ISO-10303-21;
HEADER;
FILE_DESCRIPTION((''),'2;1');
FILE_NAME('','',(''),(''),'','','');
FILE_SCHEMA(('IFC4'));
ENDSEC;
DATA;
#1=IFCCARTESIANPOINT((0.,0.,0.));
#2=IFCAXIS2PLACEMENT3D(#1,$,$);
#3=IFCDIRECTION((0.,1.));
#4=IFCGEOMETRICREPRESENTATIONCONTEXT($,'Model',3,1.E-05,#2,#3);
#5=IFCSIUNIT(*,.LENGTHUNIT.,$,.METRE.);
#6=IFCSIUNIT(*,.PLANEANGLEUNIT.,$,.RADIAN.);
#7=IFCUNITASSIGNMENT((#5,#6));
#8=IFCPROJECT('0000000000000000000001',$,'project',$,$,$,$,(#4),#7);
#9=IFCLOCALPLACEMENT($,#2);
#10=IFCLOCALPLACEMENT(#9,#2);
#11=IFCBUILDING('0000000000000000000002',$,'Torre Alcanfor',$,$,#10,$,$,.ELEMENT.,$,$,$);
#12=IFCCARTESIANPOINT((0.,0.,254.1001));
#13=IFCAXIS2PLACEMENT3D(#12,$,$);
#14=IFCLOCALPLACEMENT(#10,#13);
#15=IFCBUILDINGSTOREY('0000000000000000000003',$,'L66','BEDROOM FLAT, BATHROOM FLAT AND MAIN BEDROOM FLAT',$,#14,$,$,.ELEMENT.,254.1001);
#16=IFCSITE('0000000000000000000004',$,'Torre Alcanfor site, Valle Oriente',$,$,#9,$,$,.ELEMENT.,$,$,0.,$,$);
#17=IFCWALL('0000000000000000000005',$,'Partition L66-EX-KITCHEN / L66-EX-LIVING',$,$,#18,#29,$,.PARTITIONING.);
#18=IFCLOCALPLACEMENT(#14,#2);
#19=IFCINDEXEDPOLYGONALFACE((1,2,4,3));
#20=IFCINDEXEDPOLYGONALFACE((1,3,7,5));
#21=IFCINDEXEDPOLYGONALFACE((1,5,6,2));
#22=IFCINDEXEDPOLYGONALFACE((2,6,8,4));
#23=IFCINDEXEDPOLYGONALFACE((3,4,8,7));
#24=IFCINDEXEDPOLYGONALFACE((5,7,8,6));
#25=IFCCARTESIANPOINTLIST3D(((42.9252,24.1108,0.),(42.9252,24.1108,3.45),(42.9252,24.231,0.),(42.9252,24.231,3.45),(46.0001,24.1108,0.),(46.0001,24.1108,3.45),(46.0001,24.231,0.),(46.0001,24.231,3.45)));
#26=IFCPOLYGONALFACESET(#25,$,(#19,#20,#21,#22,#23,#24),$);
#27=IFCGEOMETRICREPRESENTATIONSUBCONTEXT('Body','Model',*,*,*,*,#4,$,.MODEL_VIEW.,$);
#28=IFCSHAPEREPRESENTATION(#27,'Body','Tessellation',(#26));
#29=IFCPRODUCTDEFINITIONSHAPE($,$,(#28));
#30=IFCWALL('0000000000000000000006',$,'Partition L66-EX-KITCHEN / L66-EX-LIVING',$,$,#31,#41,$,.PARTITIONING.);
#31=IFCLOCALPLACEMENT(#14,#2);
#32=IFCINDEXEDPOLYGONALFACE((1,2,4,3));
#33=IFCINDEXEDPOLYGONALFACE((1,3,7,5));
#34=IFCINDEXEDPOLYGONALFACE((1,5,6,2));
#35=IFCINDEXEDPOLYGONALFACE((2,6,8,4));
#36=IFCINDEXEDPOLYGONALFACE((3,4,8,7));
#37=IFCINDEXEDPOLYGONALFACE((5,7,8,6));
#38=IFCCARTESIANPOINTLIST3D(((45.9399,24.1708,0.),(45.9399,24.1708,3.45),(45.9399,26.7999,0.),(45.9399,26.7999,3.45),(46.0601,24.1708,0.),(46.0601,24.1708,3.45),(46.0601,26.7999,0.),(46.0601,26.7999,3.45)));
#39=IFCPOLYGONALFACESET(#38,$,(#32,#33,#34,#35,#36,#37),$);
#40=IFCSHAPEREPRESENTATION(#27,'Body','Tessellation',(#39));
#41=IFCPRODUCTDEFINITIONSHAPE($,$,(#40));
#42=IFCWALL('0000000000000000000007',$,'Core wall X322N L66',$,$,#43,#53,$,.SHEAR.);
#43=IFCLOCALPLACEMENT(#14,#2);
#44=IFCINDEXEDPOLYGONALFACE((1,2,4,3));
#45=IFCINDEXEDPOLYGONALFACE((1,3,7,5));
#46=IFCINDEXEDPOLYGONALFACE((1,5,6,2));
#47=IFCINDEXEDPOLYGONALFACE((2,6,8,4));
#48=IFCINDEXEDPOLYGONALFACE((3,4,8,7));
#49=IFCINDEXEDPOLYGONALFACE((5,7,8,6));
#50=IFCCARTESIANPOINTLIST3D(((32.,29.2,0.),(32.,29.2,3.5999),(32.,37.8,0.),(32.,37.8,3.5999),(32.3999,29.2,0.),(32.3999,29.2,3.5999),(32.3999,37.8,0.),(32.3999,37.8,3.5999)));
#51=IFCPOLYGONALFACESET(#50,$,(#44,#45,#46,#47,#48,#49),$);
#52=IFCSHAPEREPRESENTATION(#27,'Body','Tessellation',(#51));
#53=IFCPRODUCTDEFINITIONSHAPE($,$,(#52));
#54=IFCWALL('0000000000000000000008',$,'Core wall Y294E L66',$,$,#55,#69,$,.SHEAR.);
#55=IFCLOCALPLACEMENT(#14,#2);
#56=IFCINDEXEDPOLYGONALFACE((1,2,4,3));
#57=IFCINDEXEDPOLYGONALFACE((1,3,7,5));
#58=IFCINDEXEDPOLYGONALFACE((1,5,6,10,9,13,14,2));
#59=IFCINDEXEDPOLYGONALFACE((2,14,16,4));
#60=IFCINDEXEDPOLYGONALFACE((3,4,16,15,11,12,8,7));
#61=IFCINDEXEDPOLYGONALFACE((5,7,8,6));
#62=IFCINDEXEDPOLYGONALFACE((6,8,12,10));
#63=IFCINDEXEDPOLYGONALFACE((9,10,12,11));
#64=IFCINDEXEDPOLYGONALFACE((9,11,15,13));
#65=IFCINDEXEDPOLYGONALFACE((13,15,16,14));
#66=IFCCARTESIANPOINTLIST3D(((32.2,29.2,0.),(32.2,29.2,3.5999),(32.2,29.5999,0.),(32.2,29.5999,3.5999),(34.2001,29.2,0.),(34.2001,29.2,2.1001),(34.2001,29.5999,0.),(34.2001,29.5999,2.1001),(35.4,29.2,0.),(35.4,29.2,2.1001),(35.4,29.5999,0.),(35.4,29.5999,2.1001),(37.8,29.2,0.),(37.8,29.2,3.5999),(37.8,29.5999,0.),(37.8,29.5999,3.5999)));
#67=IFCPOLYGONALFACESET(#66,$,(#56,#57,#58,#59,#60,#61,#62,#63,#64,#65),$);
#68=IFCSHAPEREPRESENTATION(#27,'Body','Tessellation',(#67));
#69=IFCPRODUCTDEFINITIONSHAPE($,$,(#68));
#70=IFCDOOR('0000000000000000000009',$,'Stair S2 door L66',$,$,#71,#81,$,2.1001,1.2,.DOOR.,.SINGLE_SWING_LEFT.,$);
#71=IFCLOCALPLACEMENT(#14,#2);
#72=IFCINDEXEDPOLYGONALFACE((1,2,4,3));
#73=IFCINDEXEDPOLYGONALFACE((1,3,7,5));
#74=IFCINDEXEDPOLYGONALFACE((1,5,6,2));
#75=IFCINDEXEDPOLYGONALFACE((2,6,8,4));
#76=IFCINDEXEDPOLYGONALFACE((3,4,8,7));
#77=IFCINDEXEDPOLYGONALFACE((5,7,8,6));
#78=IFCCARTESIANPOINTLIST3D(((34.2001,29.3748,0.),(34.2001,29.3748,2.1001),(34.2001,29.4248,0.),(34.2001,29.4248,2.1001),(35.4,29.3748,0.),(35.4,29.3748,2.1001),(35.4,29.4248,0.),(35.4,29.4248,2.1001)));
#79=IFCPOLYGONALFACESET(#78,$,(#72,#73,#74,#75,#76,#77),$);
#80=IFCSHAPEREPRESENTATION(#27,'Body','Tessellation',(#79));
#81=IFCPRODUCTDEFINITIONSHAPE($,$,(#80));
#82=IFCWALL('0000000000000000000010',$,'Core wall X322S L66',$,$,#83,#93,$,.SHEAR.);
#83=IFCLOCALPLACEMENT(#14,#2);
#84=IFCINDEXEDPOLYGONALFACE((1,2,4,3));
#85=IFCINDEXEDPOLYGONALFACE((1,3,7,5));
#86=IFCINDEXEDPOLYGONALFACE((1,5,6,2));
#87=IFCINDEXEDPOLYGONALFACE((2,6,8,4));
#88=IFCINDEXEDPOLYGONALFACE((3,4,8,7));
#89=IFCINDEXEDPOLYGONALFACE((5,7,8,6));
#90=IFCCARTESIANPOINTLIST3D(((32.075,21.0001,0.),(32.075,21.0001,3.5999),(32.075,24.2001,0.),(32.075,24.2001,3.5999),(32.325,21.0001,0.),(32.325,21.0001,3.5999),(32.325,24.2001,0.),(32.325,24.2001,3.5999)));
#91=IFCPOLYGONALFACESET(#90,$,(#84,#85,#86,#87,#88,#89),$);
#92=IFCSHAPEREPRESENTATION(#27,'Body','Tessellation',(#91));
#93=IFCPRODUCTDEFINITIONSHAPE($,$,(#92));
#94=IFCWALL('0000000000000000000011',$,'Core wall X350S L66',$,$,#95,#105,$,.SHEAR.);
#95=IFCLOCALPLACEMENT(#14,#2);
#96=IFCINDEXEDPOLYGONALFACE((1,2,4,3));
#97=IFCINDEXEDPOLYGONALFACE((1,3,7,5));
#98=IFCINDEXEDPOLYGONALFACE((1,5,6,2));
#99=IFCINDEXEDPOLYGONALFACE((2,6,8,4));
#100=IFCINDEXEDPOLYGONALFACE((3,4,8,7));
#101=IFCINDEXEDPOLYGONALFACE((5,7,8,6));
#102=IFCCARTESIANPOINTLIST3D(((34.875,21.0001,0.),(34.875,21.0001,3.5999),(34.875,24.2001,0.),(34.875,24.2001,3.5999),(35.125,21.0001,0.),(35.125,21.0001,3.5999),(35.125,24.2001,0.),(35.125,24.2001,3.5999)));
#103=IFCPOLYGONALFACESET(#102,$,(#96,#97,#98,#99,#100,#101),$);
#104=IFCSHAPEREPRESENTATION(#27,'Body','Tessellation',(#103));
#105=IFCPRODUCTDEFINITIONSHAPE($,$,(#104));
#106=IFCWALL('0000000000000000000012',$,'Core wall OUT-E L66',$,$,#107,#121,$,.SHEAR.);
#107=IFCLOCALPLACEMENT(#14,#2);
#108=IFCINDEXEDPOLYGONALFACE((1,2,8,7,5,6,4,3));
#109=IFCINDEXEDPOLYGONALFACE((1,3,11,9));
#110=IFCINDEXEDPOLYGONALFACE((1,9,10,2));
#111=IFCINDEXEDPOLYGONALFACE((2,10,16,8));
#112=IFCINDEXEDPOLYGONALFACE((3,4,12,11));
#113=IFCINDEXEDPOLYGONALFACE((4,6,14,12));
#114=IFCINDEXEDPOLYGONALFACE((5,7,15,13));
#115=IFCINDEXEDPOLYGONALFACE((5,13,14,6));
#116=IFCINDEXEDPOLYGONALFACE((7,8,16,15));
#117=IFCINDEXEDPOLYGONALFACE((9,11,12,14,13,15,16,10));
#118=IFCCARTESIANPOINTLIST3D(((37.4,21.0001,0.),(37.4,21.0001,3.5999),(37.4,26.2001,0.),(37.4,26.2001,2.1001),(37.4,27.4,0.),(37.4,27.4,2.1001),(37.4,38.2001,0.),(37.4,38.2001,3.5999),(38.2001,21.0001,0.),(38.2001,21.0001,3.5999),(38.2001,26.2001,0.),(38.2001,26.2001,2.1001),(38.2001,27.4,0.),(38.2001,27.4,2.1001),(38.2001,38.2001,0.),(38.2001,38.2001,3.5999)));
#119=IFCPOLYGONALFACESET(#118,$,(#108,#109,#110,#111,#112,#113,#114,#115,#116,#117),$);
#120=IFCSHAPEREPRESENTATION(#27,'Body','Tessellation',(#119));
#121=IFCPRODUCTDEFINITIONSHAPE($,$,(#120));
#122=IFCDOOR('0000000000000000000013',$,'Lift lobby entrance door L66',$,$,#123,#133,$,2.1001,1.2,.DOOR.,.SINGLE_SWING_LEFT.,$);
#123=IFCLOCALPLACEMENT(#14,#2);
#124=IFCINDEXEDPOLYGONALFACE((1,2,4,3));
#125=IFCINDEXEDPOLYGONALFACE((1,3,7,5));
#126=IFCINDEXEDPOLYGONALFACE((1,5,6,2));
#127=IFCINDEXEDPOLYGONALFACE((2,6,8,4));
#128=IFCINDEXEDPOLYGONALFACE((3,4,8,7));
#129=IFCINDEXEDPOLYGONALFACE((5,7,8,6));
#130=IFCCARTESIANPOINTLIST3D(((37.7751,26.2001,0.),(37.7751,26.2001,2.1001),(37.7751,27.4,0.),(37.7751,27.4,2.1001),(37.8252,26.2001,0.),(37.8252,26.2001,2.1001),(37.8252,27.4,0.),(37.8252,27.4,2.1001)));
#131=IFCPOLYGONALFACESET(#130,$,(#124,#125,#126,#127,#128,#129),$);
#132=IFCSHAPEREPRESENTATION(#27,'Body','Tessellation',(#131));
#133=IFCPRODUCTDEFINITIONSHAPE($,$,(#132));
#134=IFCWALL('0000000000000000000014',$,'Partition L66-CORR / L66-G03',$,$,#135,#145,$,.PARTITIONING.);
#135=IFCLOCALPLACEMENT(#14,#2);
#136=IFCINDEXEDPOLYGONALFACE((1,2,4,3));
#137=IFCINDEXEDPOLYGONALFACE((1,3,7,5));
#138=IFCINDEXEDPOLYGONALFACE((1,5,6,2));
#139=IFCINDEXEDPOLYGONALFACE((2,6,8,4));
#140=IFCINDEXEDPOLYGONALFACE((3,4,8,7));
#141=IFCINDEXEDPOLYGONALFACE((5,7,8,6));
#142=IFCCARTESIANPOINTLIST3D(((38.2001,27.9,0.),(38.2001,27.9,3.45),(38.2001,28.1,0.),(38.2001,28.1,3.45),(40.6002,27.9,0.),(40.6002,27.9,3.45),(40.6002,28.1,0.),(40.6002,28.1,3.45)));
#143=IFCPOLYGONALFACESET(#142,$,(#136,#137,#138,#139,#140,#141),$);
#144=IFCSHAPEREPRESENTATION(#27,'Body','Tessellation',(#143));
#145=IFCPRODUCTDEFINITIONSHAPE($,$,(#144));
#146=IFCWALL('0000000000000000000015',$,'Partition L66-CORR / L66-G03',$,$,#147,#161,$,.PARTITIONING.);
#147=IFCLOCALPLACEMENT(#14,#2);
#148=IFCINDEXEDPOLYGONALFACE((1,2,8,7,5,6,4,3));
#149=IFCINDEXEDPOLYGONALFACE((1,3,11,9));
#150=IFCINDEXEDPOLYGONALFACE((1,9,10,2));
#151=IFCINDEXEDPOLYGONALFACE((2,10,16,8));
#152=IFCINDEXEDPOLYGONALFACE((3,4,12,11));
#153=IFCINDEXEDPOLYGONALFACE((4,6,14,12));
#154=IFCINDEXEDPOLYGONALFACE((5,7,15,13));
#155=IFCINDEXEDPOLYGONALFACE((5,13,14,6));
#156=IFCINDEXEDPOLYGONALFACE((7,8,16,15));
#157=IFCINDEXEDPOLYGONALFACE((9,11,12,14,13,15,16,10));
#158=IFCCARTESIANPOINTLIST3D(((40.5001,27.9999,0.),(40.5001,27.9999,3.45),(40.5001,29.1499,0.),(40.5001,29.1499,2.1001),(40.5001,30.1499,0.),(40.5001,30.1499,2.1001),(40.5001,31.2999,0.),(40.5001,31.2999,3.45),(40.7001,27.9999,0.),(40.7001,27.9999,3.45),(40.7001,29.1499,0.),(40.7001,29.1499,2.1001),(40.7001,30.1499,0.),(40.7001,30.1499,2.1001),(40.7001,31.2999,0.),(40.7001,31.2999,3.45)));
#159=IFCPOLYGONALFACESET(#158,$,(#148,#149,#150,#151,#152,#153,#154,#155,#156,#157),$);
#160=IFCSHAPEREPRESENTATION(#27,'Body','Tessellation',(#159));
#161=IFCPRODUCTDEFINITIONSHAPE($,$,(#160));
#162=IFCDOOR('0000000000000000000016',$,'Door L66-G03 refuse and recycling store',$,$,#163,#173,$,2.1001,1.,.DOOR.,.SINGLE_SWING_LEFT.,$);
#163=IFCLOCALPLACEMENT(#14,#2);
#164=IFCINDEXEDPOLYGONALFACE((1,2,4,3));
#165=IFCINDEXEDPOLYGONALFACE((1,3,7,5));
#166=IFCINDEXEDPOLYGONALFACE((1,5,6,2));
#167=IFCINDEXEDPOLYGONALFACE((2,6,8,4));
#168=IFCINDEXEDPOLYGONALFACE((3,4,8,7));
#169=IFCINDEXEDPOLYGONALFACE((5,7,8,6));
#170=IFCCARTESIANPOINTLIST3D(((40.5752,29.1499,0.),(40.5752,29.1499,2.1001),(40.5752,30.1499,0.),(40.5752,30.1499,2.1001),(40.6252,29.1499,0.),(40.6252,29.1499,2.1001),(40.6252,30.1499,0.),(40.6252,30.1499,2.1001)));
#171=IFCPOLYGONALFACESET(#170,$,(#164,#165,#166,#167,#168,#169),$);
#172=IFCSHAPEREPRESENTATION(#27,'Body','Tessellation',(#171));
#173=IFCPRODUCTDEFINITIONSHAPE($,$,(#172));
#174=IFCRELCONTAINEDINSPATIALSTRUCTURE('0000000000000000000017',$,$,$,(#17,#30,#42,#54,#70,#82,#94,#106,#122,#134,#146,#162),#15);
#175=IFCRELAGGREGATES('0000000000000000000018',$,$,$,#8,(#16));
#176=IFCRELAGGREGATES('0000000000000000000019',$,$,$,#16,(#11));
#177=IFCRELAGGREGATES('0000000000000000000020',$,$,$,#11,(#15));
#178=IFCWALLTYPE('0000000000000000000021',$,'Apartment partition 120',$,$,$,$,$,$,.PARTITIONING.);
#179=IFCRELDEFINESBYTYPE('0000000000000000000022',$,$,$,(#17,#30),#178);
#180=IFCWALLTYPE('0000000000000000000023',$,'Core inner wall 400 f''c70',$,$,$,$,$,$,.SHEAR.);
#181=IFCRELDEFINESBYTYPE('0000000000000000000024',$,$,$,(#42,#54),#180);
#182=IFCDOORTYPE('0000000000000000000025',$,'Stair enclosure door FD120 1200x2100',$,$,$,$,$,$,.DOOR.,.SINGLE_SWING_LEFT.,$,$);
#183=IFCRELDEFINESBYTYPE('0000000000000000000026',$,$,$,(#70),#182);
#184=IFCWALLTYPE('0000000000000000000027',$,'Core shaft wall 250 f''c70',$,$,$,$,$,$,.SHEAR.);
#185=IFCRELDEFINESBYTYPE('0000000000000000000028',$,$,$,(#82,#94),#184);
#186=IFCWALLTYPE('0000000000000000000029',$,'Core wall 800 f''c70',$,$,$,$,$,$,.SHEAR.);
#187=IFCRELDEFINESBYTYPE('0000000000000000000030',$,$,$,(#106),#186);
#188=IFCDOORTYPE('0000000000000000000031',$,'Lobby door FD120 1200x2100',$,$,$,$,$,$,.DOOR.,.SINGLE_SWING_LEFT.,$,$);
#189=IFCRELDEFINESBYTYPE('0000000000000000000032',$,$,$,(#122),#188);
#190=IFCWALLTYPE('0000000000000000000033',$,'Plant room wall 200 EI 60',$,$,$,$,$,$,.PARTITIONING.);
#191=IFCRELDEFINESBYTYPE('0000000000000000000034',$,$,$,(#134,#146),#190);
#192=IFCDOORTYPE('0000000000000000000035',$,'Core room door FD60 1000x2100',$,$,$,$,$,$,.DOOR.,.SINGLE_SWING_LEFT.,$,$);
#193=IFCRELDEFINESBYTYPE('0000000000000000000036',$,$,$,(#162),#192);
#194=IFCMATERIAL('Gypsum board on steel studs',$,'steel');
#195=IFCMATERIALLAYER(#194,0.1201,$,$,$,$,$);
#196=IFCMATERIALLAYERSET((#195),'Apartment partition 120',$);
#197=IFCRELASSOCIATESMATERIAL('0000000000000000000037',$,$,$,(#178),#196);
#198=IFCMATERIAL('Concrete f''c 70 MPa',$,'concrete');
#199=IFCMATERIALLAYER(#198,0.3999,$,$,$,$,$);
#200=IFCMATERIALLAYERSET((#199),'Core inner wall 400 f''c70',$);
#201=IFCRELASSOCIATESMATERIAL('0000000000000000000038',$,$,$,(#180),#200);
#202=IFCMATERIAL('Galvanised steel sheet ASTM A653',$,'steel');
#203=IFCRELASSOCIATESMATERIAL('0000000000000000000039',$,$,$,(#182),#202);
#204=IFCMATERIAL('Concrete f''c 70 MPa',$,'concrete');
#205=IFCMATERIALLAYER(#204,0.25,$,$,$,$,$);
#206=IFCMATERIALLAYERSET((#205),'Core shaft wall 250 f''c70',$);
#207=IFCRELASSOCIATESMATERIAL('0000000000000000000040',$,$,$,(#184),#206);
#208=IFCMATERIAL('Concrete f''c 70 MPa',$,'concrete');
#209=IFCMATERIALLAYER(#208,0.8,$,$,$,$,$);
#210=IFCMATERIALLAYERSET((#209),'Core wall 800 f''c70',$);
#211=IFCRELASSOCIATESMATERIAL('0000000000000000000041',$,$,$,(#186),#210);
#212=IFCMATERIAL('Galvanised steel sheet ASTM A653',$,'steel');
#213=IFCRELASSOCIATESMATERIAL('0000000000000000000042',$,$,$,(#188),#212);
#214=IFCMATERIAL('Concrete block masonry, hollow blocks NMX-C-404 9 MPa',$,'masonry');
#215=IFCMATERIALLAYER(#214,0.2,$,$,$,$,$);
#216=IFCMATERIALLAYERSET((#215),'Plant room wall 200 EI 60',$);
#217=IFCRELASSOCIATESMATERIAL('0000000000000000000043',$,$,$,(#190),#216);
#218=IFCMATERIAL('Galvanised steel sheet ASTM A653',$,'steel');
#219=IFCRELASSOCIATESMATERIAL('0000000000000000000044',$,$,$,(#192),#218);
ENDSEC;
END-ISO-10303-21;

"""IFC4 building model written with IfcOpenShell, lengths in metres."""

from ifc_helpers import new_model, si_unit, direction, frame, frame_2d, origin, place, context, subcontext, project, spatial, rectangle, extrude, material, layer, layer_set, type_object, element, fill, save


model = new_model("IFC4")

# Units and contexts
model_context = context("Model", 3, precision=1e-05, world=origin(), true_north=direction((0.0, 1.0)))
body_context = subcontext(model_context, "Body", "Model", "MODEL_VIEW")
ifc_project = project(units=[si_unit("LENGTHUNIT", "METRE"), si_unit("PLANEANGLEUNIT", "RADIAN")], contexts=[model_context])

# Site, building, storey
site_placement = place(None, origin())
site = spatial("IfcSite", under=ifc_project, at=site_placement, Name="Torre Alcanfor site, Valle Oriente", CompositionType="ELEMENT", RefElevation=0.0)
building_placement = place(site_placement, origin())
building = spatial("IfcBuilding", under=site, at=building_placement, Name="Torre Alcanfor", CompositionType="ELEMENT")
storey_placement = place(building_placement, frame((0.0, 0.0, 254.1001)))
storey = spatial("IfcBuildingStorey", under=building, at=storey_placement, Name="L66", Description="BEDROOM FLAT, BATHROOM FLAT AND MAIN BEDROOM FLAT", CompositionType="ELEMENT", Elevation=254.1001)

# Shared definitions
ifc_material_1 = material(Name="Gypsum board on steel studs", Category="steel")
ifc_layer_1 = layer(ifc_material_1, 0.1201)
ifc_layer_set_1 = layer_set([ifc_layer_1], Name="Apartment partition 120")
wall_type_1 = type_object("IfcWallType", Name="Apartment partition 120", PredefinedType="PARTITIONING", material=ifc_layer_set_1)

# Walls
wall_1_placement = place(storey_placement, frame((42.925, 24.1709, 0.0), z_axis=(0.0, 0.0, 1.0), x_axis=(1.0, 0.0, 0.0)))
element("IfcWall", 1, at=wall_1_placement, inside=storey, type_object=wall_type_1, Name="Partition L66-EX-KITCHEN / L66-EX-LIVING", PredefinedType="PARTITIONING", context=body_context, shape_type="SweptSolid", body=[
    extrude(rectangle(XDim=3.075, YDim=0.1201, at=frame_2d((1.5376, 0.0))), origin(), (0.0, 0.0, 1.0), 3.45),
])
wall_2_placement = place(storey_placement, frame((46.0, 24.1709, 0.0), z_axis=(0.0, 0.0, 1.0), x_axis=(0.0, 1.0, 0.0)))
element("IfcWall", 2, at=wall_2_placement, inside=storey, type_object=wall_type_1, Name="Partition L66-EX-KITCHEN / L66-EX-LIVING", PredefinedType="PARTITIONING", context=body_context, shape_type="SweptSolid", body=[
    extrude(rectangle(XDim=2.6292, YDim=0.1201, at=frame_2d((1.3145, 0.0))), origin(), (0.0, 0.0, 1.0), 3.45),
])
ifc_material_2 = material(Name="Concrete f'c 70 MPa", Category="concrete")
ifc_layer_2 = layer(ifc_material_2, 0.3999)
ifc_layer_set_2 = layer_set([ifc_layer_2], Name="Core inner wall 400 f'c70")
wall_type_2 = type_object("IfcWallType", Name="Core inner wall 400 f'c70", PredefinedType="SHEAR", material=ifc_layer_set_2)
wall_3_placement = place(storey_placement, frame((32.2, 29.2, 0.0), z_axis=(0.0, 0.0, 1.0), x_axis=(0.0, 1.0, 0.0)))
element("IfcWall", 3, at=wall_3_placement, inside=storey, type_object=wall_type_2, Name="Core wall X322N L66", PredefinedType="SHEAR", context=body_context, shape_type="SweptSolid", body=[
    extrude(rectangle(XDim=8.6001, YDim=0.3999, at=frame_2d((4.3, 0.0))), origin(), (0.0, 0.0, 1.0), 3.5999),
])

# Wall, opening, door
wall_4_placement = place(storey_placement, frame((32.2, 29.3999, 0.0), z_axis=(0.0, 0.0, 1.0), x_axis=(1.0, 0.0, 0.0)))
wall_4 = element("IfcWall", 4, at=wall_4_placement, inside=storey, type_object=wall_type_2, Name="Core wall Y294E L66", PredefinedType="SHEAR", context=body_context, shape_type="SweptSolid", body=[
    extrude(rectangle(XDim=5.6001, YDim=0.3999, at=frame_2d((2.8, 0.0))), origin(), (0.0, 0.0, 1.0), 3.5999),
])
opening_1_placement = place(wall_4_placement, frame((2.0, 0.0, 0.0)))
opening_1 = element("IfcOpeningElement", 5, at=opening_1_placement, cuts=wall_4, PredefinedType="OPENING", context=body_context, shape_type="SweptSolid", body=[
    extrude(rectangle(XDim=1.2, YDim=2.1001, at=frame_2d((0.6001, 1.05))), frame((0.0, 0.21, 0.0), z_axis=(0.0, -1.0, 0.0), x_axis=(1.0, 0.0, 0.0)), (0.0, 0.0, 1.0), 0.4199),
])
ifc_material_3 = material(Name="Galvanised steel sheet ASTM A653", Category="steel")
door_type_1 = type_object("IfcDoorType", Name="Stair enclosure door FD120 1200x2100", OperationType="SINGLE_SWING_LEFT", PredefinedType="DOOR", material=ifc_material_3)
door_1_placement = place(opening_1_placement, origin())
door_1 = element("IfcDoor", 6, at=door_1_placement, inside=storey, type_object=door_type_1, Name="Stair S2 door L66", OperationType="SINGLE_SWING_LEFT", OverallHeight=2.1001, OverallWidth=1.2, PredefinedType="DOOR", context=body_context, shape_type="SweptSolid", body=[
    extrude(rectangle(XDim=1.2, YDim=2.1001, at=frame_2d((0.6001, 1.05))), frame((0.0, 0.0249, 0.0), z_axis=(0.0, -1.0, 0.0), x_axis=(1.0, 0.0, 0.0)), (0.0, 0.0, 1.0), 0.05),
])
fill(opening_1, door_1)

# Walls
ifc_material_4 = material(Name="Concrete f'c 70 MPa", Category="concrete")
ifc_layer_3 = layer(ifc_material_4, 0.25)
ifc_layer_set_3 = layer_set([ifc_layer_3], Name="Core shaft wall 250 f'c70")
wall_type_3 = type_object("IfcWallType", Name="Core shaft wall 250 f'c70", PredefinedType="SHEAR", material=ifc_layer_set_3)
for number, where, z_axis, x_axis, name in (
    (7, (32.2, 21.0, 0.0), (0.0, 0.0, 1.0), (0.0, 1.0, 0.0), "Core wall X322S L66"),
    (8, (35.0, 21.0, 0.0), (0.0, 0.0, 1.0), (0.0, 1.0, 0.0), "Core wall X350S L66"),
):
    element("IfcWall", number, at=place(storey_placement, frame(where, z_axis=z_axis, x_axis=x_axis)), inside=storey, type_object=wall_type_3, Name=name, PredefinedType="SHEAR", context=body_context, shape_type="SweptSolid", body=[
        extrude(rectangle(XDim=3.2, YDim=0.25, at=frame_2d((1.6001, 0.0))), origin(), (0.0, 0.0, 1.0), 3.5999),
    ])

# Wall, opening, door
ifc_material_5 = material(Name="Concrete f'c 70 MPa", Category="concrete")
ifc_layer_4 = layer(ifc_material_5, 0.8)
ifc_layer_set_4 = layer_set([ifc_layer_4], Name="Core wall 800 f'c70")
wall_type_4 = type_object("IfcWallType", Name="Core wall 800 f'c70", PredefinedType="SHEAR", material=ifc_layer_set_4)
wall_5_placement = place(storey_placement, frame((37.8, 21.0, 0.0), z_axis=(0.0, 0.0, 1.0), x_axis=(0.0, 1.0, 0.0)))
wall_5 = element("IfcWall", 9, at=wall_5_placement, inside=storey, type_object=wall_type_4, Name="Core wall OUT-E L66", PredefinedType="SHEAR", context=body_context, shape_type="SweptSolid", body=[
    extrude(rectangle(XDim=17.2, YDim=0.8, at=frame_2d((8.6001, 0.0))), origin(), (0.0, 0.0, 1.0), 3.5999),
])
opening_2_placement = place(wall_5_placement, frame((5.2, 0.0, 0.0)))
opening_2 = element("IfcOpeningElement", 10, at=opening_2_placement, cuts=wall_5, PredefinedType="OPENING", context=body_context, shape_type="SweptSolid", body=[
    extrude(rectangle(XDim=1.2, YDim=2.1001, at=frame_2d((0.6001, 1.05))), frame((0.0, 0.4099, 0.0), z_axis=(0.0, -1.0, 0.0), x_axis=(1.0, 0.0, 0.0)), (0.0, 0.0, 1.0), 0.8201),
])
ifc_material_6 = material(Name="Galvanised steel sheet ASTM A653", Category="steel")
door_type_2 = type_object("IfcDoorType", Name="Lobby door FD120 1200x2100", OperationType="SINGLE_SWING_LEFT", PredefinedType="DOOR", material=ifc_material_6)
door_2_placement = place(opening_2_placement, origin())
door_2 = element("IfcDoor", 11, at=door_2_placement, inside=storey, type_object=door_type_2, Name="Lift lobby entrance door L66", OperationType="SINGLE_SWING_LEFT", OverallHeight=2.1001, OverallWidth=1.2, PredefinedType="DOOR", context=body_context, shape_type="SweptSolid", body=[
    extrude(rectangle(XDim=1.2, YDim=2.1001, at=frame_2d((0.6001, 1.05))), frame((0.0, 0.0249, 0.0), z_axis=(0.0, -1.0, 0.0), x_axis=(1.0, 0.0, 0.0)), (0.0, 0.0, 1.0), 0.05),
])
fill(opening_2, door_2)

# Wall
ifc_material_7 = material(Name="Concrete block masonry, hollow blocks NMX-C-404 9 MPa", Category="masonry")
ifc_layer_5 = layer(ifc_material_7, 0.2)
ifc_layer_set_5 = layer_set([ifc_layer_5], Name="Plant room wall 200 EI 60")
wall_type_5 = type_object("IfcWallType", Name="Plant room wall 200 EI 60", PredefinedType="PARTITIONING", material=ifc_layer_set_5)
wall_6_placement = place(storey_placement, frame((38.2, 28.0, 0.0), z_axis=(0.0, 0.0, 1.0), x_axis=(1.0, 0.0, 0.0)))
element("IfcWall", 12, at=wall_6_placement, inside=storey, type_object=wall_type_5, Name="Partition L66-CORR / L66-G03", PredefinedType="PARTITIONING", context=body_context, shape_type="SweptSolid", body=[
    extrude(rectangle(XDim=2.4001, YDim=0.2, at=frame_2d((1.2002, 0.0))), origin(), (0.0, 0.0, 1.0), 3.45),
])

# Wall, opening, door
wall_7_placement = place(storey_placement, frame((40.6001, 28.0, 0.0), z_axis=(0.0, 0.0, 1.0), x_axis=(0.0, 1.0, 0.0)))
wall_7 = element("IfcWall", 13, at=wall_7_placement, inside=storey, type_object=wall_type_5, Name="Partition L66-CORR / L66-G03", PredefinedType="PARTITIONING", context=body_context, shape_type="SweptSolid", body=[
    extrude(rectangle(XDim=3.3, YDim=0.2, at=frame_2d((1.6499, 0.0))), origin(), (0.0, 0.0, 1.0), 3.45),
])
opening_3_placement = place(wall_7_placement, frame((1.1499, 0.0, 0.0)))
opening_3 = element("IfcOpeningElement", 14, at=opening_3_placement, cuts=wall_7, PredefinedType="OPENING", context=body_context, shape_type="SweptSolid", body=[
    extrude(rectangle(XDim=1.0, YDim=2.1001, at=frame_2d((0.5, 1.05))), frame((0.0, 0.1099, 0.0), z_axis=(0.0, -1.0, 0.0), x_axis=(1.0, 0.0, 0.0)), (0.0, 0.0, 1.0), 0.22),
])
ifc_material_8 = material(Name="Galvanised steel sheet ASTM A653", Category="steel")
door_type_3 = type_object("IfcDoorType", Name="Core room door FD60 1000x2100", OperationType="SINGLE_SWING_LEFT", PredefinedType="DOOR", material=ifc_material_8)
door_3_placement = place(opening_3_placement, origin())
door_3 = element("IfcDoor", 15, at=door_3_placement, inside=storey, type_object=door_type_3, Name="Door L66-G03 refuse and recycling store", OperationType="SINGLE_SWING_LEFT", OverallHeight=2.1001, OverallWidth=1.0, PredefinedType="DOOR", context=body_context, shape_type="SweptSolid", body=[
    extrude(rectangle(XDim=1.0, YDim=2.1001, at=frame_2d((0.5, 1.05))), frame((0.0, 0.0249, 0.0), z_axis=(0.0, -1.0, 0.0), x_axis=(1.0, 0.0, 0.0)), (0.0, 0.0, 1.0), 0.05),
])
fill(opening_3, door_3)

save(model, "model.ifc")
